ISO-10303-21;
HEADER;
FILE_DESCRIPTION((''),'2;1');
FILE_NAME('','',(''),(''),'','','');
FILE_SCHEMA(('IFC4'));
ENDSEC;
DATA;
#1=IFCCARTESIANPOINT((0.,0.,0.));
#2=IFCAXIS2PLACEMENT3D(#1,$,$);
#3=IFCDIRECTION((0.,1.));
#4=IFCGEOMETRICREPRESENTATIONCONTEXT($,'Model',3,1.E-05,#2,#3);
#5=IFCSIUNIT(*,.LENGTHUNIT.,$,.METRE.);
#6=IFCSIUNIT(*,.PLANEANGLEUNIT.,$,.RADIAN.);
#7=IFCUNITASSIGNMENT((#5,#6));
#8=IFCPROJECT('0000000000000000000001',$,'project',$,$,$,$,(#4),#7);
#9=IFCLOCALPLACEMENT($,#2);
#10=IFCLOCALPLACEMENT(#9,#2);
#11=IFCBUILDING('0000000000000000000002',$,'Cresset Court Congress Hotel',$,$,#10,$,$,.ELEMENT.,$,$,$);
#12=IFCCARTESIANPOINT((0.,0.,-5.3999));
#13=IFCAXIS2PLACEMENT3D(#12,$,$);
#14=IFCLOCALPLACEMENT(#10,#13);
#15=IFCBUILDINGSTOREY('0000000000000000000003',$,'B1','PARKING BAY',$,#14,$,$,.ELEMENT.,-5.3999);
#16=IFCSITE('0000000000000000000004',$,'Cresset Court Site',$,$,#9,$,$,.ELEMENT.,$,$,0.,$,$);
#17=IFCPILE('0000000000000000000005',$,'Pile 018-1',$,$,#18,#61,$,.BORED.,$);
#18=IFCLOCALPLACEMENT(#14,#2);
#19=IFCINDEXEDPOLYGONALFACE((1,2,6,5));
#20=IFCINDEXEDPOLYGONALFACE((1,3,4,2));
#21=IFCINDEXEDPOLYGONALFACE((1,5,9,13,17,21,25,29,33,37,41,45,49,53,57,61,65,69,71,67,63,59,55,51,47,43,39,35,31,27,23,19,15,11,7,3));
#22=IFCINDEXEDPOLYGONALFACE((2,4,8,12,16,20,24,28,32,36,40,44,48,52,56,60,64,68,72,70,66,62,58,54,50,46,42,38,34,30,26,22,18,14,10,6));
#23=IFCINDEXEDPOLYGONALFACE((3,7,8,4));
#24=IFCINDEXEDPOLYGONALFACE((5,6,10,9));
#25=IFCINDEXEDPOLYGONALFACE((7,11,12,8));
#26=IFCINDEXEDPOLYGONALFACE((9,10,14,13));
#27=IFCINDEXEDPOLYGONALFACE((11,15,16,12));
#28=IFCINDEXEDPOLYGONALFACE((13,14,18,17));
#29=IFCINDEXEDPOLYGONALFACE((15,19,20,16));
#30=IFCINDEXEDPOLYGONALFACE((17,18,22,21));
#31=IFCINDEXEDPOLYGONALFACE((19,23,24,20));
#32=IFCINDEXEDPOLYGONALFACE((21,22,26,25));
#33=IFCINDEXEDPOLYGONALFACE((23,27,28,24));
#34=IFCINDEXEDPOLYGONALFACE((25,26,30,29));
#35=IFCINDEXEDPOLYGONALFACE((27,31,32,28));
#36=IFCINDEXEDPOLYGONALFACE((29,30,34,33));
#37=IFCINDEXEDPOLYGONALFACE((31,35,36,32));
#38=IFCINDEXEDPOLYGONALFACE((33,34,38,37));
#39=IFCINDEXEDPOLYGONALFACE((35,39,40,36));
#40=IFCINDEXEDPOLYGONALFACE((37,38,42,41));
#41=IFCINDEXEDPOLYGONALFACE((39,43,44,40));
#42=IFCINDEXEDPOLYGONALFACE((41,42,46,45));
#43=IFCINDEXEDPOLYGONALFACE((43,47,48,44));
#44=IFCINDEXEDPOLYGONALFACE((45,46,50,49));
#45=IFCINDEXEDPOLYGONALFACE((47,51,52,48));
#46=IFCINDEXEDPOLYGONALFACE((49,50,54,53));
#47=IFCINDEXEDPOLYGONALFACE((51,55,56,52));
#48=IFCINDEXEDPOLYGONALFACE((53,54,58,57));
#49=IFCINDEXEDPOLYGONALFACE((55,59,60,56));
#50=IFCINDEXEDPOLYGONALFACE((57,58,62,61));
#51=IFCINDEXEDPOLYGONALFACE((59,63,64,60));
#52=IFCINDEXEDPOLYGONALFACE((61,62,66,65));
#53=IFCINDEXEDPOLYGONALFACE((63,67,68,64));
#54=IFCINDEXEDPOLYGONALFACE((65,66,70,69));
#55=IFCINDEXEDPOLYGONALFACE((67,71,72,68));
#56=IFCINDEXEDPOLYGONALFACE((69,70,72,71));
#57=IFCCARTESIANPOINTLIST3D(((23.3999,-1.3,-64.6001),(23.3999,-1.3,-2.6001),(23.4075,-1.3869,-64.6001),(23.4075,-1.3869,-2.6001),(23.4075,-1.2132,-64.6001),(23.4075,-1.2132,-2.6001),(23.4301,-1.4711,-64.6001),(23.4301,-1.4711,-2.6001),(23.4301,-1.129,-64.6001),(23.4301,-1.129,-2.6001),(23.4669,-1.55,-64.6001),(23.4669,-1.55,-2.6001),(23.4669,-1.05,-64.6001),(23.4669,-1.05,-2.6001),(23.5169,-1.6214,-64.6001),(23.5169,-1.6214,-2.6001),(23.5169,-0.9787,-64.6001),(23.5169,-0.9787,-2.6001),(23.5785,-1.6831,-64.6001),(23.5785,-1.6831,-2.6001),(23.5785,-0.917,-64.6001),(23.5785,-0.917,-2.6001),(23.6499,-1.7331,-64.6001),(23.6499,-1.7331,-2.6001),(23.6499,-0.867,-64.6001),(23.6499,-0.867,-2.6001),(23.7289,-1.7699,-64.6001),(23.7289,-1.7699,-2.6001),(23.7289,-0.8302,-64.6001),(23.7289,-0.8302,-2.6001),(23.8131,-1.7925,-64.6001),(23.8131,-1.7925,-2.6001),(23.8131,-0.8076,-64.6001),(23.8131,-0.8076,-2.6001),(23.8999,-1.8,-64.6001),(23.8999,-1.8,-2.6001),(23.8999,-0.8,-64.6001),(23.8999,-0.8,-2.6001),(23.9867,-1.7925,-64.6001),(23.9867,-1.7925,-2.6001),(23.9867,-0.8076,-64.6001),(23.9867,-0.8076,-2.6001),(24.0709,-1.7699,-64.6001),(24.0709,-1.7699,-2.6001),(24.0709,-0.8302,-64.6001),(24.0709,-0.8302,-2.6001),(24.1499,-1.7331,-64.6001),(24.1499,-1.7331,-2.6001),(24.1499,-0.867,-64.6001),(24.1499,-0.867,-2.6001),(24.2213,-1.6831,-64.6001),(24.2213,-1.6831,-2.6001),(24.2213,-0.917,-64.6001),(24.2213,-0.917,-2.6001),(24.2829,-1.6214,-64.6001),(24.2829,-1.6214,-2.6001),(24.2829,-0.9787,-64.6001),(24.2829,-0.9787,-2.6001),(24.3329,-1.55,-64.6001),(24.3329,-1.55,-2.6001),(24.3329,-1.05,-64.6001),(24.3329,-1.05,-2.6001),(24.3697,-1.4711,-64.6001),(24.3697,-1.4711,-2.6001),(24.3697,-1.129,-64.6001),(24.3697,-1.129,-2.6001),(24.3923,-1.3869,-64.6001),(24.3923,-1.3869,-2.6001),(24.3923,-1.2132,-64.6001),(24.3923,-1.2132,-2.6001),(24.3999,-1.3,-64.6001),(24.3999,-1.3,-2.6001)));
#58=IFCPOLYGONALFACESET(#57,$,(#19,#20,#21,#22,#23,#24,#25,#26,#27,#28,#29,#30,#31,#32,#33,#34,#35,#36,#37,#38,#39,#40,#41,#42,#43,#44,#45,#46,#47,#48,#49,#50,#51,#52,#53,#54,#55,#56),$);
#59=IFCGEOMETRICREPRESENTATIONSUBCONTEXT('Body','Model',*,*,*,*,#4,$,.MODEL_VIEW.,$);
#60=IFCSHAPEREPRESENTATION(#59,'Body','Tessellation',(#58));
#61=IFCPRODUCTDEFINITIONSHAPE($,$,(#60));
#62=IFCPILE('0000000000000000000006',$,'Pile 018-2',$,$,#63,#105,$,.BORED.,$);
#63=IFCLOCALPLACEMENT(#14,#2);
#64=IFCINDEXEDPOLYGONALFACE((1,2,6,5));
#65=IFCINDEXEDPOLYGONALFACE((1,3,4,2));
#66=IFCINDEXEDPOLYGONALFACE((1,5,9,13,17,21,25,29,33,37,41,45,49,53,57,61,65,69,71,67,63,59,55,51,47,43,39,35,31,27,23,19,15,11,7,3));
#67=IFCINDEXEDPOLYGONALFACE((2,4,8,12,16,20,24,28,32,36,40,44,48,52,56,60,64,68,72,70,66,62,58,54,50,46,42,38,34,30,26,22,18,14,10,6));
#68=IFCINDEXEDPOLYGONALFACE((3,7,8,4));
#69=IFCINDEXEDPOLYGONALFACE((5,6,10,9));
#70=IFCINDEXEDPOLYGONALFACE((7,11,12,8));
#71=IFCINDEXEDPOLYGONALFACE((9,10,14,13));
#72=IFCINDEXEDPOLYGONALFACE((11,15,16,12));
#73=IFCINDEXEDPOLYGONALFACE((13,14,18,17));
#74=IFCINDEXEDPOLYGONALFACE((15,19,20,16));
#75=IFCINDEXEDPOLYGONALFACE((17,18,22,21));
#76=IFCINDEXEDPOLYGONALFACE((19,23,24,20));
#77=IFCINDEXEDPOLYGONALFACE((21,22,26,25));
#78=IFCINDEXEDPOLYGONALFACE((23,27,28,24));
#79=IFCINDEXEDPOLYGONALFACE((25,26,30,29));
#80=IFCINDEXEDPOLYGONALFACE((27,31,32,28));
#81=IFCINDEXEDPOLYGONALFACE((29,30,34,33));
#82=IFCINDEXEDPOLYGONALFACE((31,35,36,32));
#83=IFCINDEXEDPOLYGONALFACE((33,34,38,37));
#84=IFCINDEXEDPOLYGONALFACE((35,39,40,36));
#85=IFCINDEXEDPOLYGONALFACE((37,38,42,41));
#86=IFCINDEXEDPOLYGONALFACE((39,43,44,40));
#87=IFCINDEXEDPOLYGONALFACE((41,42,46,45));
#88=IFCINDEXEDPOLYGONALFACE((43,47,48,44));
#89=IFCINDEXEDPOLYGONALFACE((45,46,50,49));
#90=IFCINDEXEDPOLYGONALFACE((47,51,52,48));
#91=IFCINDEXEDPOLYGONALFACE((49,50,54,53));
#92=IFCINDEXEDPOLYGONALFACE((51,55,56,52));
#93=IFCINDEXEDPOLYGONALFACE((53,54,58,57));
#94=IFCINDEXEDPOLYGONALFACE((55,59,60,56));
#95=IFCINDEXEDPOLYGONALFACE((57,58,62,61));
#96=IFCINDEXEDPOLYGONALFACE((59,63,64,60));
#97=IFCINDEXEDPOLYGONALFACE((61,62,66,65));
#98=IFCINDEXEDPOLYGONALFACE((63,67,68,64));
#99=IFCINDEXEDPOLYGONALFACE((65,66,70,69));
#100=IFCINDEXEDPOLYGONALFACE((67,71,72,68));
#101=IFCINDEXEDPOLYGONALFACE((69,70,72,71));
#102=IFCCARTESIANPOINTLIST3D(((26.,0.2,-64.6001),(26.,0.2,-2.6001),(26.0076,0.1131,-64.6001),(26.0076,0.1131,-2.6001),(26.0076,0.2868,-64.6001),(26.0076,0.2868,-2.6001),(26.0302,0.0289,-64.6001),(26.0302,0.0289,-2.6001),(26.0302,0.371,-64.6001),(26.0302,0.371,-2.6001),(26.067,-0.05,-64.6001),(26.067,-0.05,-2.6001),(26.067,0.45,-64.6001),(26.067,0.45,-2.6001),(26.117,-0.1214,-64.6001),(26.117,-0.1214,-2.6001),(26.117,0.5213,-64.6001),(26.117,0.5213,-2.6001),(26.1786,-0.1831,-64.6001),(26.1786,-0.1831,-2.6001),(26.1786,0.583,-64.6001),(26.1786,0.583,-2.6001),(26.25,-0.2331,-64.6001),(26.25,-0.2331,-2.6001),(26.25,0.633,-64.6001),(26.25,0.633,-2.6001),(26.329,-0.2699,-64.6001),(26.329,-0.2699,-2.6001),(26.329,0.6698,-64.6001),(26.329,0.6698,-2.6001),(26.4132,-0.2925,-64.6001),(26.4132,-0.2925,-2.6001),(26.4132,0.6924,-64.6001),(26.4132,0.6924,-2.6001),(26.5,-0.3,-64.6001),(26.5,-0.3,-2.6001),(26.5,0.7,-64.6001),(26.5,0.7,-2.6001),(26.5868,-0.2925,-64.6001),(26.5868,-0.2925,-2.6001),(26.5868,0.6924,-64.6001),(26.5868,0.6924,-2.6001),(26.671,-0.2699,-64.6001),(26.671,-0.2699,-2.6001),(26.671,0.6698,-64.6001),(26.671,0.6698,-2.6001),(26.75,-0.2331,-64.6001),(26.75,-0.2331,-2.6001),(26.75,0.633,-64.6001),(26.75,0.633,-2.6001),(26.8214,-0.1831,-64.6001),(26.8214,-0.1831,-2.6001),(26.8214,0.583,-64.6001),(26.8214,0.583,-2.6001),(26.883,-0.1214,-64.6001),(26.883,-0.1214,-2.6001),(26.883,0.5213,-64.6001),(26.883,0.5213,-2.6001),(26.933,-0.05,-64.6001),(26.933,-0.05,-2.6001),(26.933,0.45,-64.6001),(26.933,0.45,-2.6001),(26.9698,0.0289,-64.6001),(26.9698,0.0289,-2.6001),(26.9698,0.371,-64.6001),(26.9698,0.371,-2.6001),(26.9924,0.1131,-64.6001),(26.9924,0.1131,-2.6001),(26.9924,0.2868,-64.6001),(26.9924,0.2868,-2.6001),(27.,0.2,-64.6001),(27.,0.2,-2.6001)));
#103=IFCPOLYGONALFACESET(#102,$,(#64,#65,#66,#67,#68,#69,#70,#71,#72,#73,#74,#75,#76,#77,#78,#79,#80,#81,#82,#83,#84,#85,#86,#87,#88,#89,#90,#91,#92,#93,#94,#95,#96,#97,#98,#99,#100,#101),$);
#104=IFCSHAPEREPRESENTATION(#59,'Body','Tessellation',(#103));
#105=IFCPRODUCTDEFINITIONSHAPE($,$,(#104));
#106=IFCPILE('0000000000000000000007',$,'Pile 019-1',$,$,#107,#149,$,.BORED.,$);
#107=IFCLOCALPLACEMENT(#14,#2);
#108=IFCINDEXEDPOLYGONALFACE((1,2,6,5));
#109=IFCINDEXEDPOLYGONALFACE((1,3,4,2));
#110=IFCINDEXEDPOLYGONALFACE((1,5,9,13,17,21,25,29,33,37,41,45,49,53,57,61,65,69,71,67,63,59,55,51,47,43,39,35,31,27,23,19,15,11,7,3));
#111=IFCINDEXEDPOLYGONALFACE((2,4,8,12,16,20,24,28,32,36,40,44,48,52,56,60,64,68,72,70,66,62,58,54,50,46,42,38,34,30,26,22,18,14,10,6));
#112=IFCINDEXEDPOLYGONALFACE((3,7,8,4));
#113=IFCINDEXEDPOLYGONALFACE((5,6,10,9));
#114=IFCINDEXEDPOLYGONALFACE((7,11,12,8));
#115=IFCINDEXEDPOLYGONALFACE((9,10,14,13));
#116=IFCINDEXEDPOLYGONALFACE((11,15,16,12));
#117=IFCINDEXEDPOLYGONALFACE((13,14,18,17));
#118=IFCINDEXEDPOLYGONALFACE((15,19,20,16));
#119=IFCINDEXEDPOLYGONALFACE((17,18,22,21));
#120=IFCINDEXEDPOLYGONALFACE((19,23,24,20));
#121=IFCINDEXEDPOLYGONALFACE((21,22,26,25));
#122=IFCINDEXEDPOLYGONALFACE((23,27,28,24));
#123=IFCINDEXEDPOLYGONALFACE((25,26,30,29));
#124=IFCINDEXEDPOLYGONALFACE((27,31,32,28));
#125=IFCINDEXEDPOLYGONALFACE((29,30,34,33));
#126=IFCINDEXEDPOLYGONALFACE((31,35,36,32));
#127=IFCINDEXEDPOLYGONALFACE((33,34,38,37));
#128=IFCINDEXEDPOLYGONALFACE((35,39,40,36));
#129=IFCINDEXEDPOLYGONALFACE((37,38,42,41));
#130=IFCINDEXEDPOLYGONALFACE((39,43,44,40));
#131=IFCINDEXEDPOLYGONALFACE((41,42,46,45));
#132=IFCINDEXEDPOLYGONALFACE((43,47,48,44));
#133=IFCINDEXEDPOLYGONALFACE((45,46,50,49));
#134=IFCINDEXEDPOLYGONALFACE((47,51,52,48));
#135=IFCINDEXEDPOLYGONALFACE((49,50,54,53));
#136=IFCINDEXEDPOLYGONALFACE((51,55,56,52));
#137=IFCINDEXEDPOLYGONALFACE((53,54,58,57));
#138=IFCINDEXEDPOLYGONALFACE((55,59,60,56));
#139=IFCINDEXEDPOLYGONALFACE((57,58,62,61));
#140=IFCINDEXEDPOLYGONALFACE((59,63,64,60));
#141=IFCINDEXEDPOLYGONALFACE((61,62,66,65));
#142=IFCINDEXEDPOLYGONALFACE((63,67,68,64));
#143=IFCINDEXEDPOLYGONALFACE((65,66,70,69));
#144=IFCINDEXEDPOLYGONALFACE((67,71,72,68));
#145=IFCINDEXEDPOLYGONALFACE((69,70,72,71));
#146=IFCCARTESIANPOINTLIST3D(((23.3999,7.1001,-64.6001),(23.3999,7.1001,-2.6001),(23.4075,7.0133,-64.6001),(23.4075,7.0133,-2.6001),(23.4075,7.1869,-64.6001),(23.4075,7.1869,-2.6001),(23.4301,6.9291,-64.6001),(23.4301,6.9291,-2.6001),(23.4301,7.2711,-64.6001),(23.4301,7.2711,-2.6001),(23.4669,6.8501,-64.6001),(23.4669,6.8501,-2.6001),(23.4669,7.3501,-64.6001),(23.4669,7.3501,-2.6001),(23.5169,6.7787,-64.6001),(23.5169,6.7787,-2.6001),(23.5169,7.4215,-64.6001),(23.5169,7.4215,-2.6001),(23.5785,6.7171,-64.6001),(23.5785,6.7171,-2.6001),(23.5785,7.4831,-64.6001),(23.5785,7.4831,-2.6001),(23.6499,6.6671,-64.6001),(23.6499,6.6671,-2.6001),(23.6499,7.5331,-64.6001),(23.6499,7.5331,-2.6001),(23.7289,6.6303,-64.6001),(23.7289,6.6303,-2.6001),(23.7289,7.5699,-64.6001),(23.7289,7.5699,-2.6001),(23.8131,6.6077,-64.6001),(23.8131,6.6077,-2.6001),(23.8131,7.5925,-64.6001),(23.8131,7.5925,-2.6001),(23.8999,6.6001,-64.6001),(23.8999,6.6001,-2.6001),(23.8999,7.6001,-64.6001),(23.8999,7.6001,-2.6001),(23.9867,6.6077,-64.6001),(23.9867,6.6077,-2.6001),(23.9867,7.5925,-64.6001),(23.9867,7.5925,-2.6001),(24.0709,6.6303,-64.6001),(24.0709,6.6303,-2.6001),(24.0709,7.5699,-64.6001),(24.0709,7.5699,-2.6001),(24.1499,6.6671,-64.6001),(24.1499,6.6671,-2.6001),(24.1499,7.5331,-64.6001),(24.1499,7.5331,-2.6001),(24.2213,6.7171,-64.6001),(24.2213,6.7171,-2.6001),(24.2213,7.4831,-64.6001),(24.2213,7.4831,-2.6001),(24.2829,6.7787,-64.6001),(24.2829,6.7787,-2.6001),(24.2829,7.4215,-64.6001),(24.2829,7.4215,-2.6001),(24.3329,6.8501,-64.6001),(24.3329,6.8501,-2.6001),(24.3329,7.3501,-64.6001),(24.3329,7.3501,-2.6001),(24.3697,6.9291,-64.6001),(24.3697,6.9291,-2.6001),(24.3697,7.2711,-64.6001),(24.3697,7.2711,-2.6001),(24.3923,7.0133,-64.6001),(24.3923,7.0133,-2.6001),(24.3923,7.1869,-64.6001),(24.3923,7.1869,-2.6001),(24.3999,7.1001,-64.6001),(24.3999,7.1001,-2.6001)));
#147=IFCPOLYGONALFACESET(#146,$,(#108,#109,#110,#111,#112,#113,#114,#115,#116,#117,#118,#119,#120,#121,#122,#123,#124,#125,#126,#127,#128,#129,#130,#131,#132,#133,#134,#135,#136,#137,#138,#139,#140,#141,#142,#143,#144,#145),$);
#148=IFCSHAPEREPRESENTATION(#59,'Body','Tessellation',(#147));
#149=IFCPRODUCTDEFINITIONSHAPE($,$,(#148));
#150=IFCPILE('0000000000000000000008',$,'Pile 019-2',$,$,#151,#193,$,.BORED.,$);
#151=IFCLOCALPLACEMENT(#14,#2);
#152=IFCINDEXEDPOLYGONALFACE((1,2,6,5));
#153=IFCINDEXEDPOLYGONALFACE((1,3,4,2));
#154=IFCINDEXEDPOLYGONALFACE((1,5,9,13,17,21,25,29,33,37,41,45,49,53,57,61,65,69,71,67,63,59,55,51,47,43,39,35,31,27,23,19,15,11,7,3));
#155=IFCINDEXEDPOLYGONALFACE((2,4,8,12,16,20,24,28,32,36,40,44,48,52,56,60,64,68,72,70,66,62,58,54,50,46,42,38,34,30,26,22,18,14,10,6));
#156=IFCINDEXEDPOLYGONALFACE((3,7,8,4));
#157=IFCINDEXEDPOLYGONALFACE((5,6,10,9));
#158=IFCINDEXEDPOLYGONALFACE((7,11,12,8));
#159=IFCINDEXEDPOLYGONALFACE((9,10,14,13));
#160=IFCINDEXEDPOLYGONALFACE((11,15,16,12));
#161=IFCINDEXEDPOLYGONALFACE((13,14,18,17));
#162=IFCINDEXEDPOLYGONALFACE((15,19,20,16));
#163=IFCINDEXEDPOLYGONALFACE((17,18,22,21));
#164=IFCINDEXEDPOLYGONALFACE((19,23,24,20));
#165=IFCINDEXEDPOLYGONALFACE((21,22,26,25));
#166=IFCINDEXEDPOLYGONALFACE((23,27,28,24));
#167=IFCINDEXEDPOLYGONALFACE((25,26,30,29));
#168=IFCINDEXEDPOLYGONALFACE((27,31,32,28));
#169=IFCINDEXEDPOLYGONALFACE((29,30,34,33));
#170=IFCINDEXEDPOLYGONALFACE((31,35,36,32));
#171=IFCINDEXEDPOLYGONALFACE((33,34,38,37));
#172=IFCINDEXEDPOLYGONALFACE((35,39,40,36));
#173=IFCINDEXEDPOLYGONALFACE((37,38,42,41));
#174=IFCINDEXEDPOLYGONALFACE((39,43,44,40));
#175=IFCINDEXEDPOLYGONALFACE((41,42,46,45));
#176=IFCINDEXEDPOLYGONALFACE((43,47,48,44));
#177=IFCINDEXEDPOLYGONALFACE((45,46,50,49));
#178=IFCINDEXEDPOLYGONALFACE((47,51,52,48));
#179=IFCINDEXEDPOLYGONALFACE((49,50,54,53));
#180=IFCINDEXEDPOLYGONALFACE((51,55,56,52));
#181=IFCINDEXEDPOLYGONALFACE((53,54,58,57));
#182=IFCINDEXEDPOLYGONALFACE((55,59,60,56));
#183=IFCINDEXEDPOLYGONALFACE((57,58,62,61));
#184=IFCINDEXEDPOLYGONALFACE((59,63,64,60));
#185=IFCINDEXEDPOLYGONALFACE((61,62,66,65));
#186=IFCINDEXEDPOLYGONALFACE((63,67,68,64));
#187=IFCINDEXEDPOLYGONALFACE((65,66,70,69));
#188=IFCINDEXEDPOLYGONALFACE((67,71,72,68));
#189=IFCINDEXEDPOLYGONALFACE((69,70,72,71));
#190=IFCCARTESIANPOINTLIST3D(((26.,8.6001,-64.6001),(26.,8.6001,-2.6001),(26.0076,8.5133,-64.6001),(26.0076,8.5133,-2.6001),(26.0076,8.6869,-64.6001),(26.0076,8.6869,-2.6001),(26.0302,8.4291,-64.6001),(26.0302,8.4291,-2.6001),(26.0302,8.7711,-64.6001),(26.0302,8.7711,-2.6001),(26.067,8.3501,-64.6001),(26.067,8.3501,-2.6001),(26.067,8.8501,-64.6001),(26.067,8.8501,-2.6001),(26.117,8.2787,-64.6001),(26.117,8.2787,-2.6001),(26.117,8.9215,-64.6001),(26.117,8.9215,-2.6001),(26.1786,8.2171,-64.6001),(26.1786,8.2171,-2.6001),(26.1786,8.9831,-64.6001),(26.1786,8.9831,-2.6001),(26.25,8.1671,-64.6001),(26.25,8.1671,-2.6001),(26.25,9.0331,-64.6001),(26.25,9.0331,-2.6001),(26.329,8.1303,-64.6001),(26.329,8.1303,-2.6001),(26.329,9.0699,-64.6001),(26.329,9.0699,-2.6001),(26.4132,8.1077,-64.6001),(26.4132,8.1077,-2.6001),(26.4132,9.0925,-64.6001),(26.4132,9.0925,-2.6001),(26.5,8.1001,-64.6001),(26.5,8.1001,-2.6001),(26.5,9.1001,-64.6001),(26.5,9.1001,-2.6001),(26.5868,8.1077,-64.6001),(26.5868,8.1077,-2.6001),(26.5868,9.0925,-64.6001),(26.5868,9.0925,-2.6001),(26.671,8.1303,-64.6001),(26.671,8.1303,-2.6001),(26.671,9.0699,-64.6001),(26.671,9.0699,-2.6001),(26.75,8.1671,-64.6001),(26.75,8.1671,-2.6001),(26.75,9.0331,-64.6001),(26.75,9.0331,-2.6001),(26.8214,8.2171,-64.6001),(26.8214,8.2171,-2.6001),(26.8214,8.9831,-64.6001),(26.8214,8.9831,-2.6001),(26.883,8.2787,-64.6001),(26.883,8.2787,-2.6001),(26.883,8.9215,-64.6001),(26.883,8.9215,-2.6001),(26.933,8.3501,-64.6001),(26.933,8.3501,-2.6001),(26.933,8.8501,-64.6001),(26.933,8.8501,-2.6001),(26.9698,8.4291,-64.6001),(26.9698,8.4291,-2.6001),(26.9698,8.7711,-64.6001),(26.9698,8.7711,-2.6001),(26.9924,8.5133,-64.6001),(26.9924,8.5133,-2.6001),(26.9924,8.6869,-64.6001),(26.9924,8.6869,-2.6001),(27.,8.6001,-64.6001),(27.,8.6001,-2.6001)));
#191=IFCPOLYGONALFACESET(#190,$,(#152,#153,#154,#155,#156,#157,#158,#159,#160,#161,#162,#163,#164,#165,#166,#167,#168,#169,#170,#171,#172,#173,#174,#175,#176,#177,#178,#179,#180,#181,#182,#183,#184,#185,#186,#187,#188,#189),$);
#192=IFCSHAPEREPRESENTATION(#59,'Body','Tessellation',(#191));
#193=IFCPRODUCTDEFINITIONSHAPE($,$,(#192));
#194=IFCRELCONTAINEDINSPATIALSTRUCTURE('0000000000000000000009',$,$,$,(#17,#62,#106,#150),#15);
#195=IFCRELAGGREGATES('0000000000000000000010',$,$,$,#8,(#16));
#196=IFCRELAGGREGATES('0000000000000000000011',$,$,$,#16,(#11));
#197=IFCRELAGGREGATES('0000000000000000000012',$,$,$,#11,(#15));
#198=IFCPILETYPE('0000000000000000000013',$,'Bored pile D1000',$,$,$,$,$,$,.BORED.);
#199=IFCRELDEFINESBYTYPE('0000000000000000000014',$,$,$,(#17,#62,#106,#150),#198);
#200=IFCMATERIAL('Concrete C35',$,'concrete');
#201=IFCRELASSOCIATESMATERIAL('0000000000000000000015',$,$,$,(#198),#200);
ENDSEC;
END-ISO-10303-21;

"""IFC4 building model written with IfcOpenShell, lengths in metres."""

from ifc_helpers import new_model, si_unit, direction, frame, origin, origin_2d, place, context, subcontext, project, spatial, circle, extrude, material, type_object, element, save


model = new_model("IFC4")

# Units and contexts
model_context = context("Model", 3, precision=1e-05, world=origin(), true_north=direction((0.0, 1.0)))
body_context = subcontext(model_context, "Body", "Model", "MODEL_VIEW")
ifc_project = project(units=[si_unit("LENGTHUNIT", "METRE"), si_unit("PLANEANGLEUNIT", "RADIAN")], contexts=[model_context])

# Site, building, storey
site_placement = place(None, origin())
site = spatial("IfcSite", under=ifc_project, at=site_placement, Name="Cresset Court Site", CompositionType="ELEMENT", RefElevation=0.0)
building_placement = place(site_placement, origin())
building = spatial("IfcBuilding", under=site, at=building_placement, Name="Cresset Court Congress Hotel", CompositionType="ELEMENT")
storey_placement = place(building_placement, frame((0.0, 0.0, -5.3999)))
storey = spatial("IfcBuildingStorey", under=building, at=storey_placement, Name="B1", Description="PARKING BAY", CompositionType="ELEMENT", Elevation=-5.3999)

# Piles
ifc_material_1 = material(Name="Concrete C35", Category="concrete")
pile_type = type_object("IfcPileType", Name="Bored pile D1000", PredefinedType="BORED", material=ifc_material_1)
for number, where, z_axis, x_axis, name in (
    (1, (23.8999, -1.3, -2.6001), (0.0, 0.0, -1.0), (1.0, 0.0, 0.0), "Pile 018-1"),
    (2, (26.5, 0.2, -2.6001), (0.0, 0.0, -1.0), (1.0, 0.0, 0.0), "Pile 018-2"),
    (3, (23.8999, 7.1001, -2.6001), (0.0, 0.0, -1.0), (1.0, 0.0, 0.0), "Pile 019-1"),
    (4, (26.5, 8.6001, -2.6001), (0.0, 0.0, -1.0), (1.0, 0.0, 0.0), "Pile 019-2"),
):
    element("IfcPile", number, at=place(storey_placement, frame(where, z_axis=z_axis, x_axis=x_axis)), inside=storey, type_object=pile_type, Name=name, PredefinedType="BORED", context=body_context, shape_type="SweptSolid", body=[
        extrude(circle(Radius=0.5, at=origin_2d()), origin(), (0.0, 0.0, 1.0), 62.0),
    ])

save(model, "model.ifc")
